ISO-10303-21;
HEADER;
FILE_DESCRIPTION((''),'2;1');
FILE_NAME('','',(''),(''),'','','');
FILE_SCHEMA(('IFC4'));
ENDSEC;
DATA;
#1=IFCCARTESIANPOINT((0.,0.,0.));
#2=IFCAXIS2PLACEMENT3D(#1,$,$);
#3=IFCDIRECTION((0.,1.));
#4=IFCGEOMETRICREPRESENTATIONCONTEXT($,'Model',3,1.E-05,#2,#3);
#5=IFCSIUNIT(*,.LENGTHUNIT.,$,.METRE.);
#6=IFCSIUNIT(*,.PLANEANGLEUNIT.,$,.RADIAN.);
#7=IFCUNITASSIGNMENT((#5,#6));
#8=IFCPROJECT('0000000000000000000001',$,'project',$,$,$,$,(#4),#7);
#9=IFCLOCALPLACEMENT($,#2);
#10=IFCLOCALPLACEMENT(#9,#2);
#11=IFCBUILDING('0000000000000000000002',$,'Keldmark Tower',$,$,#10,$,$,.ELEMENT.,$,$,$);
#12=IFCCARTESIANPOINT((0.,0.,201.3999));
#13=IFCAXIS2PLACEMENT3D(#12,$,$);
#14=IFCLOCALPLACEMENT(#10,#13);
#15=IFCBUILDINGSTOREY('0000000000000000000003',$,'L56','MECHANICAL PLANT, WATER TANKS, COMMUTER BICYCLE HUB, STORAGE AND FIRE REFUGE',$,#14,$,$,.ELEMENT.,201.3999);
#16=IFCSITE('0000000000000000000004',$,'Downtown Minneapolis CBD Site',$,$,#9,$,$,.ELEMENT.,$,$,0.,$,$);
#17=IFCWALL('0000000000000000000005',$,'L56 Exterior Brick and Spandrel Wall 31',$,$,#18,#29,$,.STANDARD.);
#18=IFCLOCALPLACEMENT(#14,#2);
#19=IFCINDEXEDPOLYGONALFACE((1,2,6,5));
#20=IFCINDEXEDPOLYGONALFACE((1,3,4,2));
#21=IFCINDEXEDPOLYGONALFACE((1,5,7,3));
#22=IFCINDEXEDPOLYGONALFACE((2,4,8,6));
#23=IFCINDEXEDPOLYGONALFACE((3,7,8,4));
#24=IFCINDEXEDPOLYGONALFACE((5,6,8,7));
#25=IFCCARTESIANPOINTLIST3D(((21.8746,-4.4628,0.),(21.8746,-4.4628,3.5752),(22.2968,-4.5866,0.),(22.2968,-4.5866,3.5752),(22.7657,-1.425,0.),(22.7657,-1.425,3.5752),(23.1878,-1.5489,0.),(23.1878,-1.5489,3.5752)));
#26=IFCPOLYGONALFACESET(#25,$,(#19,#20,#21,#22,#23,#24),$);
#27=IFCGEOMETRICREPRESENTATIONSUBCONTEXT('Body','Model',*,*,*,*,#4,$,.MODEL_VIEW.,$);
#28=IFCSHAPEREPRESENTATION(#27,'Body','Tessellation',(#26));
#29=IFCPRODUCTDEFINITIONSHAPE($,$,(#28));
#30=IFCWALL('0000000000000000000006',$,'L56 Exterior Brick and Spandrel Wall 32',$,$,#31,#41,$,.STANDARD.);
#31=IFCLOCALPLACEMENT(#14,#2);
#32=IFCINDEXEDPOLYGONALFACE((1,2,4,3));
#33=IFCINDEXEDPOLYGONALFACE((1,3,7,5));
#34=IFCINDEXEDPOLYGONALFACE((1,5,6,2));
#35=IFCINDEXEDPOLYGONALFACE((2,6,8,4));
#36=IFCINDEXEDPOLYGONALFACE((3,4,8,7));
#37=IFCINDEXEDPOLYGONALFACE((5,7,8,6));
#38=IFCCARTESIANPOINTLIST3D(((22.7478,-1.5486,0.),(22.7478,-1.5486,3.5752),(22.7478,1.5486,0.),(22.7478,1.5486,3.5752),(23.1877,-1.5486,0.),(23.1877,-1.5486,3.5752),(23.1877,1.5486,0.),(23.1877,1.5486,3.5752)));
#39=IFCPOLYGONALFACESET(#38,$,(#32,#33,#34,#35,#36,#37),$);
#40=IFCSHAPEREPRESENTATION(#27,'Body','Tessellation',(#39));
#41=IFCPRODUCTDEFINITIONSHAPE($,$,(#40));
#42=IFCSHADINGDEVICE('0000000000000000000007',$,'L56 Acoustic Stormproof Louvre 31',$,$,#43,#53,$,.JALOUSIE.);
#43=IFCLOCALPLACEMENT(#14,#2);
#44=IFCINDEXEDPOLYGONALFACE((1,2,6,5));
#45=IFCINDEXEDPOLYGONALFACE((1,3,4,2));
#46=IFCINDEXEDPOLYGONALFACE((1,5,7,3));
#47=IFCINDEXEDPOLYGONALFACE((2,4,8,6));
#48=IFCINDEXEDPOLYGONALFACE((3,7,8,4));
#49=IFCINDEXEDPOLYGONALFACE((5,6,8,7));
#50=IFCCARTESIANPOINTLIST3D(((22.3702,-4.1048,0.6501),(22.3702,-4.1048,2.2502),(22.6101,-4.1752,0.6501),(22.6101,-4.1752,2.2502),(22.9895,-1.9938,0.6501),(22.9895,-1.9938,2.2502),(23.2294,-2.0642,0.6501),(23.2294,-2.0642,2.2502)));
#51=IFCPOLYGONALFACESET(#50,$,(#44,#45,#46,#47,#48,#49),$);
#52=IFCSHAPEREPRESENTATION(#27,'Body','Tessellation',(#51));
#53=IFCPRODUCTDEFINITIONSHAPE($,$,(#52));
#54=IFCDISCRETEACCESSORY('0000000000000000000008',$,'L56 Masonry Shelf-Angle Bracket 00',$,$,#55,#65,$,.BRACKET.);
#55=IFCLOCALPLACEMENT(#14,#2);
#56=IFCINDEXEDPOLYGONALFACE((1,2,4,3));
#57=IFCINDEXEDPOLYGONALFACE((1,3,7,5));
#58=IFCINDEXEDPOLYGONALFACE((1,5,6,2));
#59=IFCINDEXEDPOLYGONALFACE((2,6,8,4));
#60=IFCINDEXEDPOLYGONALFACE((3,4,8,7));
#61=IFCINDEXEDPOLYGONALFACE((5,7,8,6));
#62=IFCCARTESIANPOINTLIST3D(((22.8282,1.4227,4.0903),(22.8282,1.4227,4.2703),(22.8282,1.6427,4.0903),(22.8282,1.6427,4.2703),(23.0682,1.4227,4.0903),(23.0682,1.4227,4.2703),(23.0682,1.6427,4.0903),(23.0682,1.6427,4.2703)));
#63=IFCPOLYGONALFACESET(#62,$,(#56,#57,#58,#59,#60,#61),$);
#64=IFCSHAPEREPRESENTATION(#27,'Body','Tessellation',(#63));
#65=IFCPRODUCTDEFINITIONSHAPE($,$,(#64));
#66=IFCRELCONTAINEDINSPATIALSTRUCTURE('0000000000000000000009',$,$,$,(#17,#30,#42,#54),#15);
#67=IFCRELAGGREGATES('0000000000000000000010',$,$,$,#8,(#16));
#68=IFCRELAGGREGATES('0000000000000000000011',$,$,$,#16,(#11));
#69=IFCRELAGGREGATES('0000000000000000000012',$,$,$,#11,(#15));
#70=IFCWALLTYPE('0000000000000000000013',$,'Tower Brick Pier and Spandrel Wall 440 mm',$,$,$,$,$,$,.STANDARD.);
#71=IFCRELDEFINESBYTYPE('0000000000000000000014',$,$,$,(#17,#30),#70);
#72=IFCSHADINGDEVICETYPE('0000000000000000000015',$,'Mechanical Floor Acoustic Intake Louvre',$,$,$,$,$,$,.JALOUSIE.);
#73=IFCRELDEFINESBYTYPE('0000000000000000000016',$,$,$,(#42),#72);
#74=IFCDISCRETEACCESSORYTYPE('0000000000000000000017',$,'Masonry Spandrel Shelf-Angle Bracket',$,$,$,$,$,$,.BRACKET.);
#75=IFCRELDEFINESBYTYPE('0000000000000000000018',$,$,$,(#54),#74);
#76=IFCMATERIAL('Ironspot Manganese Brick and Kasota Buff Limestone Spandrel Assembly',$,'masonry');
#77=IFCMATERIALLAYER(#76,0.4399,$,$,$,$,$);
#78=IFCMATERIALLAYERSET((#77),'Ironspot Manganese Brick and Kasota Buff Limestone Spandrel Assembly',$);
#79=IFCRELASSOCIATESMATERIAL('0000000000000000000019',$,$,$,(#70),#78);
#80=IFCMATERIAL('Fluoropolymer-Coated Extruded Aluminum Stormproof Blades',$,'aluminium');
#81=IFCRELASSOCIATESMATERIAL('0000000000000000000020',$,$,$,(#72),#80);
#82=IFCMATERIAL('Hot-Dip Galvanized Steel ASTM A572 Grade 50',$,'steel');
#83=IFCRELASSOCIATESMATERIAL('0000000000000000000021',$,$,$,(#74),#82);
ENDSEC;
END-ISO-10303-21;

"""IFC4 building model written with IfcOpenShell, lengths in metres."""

from ifc_helpers import new_model, si_unit, direction, frame, frame_2d, origin, origin_2d, place, context, subcontext, project, spatial, rectangle, extrude, material, layer, layer_set, type_object, element, save


model = new_model("IFC4")

# Units and contexts
model_context = context("Model", 3, precision=1e-05, world=origin(), true_north=direction((0.0, 1.0)))
body_context = subcontext(model_context, "Body", "Model", "MODEL_VIEW")
ifc_project = project(units=[si_unit("LENGTHUNIT", "METRE"), si_unit("PLANEANGLEUNIT", "RADIAN")], contexts=[model_context])

# Site, building, storey
site_placement = place(None, origin())
site = spatial("IfcSite", under=ifc_project, at=site_placement, Name="Downtown Minneapolis CBD Site", CompositionType="ELEMENT", RefElevation=0.0)
building_placement = place(site_placement, origin())
building = spatial("IfcBuilding", under=site, at=building_placement, Name="Keldmark Tower", CompositionType="ELEMENT")
storey_placement = place(building_placement, frame((0.0, 0.0, 201.3999)))
storey = spatial("IfcBuildingStorey", under=building, at=storey_placement, Name="L56", Description="MECHANICAL PLANT, WATER TANKS, COMMUTER BICYCLE HUB, STORAGE AND FIRE REFUGE", CompositionType="ELEMENT", Elevation=201.3999)

# Walls
ifc_material_1 = material(Name="Ironspot Manganese Brick and Kasota Buff Limestone Spandrel Assembly", Category="masonry")
ifc_layer_1 = layer(ifc_material_1, 0.4399)
ifc_layer_set_1 = layer_set([ifc_layer_1], Name="Ironspot Manganese Brick and Kasota Buff Limestone Spandrel Assembly")
wall_type_1 = type_object("IfcWallType", Name="Tower Brick Pier and Spandrel Wall 440 mm", PredefinedType="STANDARD", material=ifc_layer_set_1)
wall_1_placement = place(storey_placement, frame((22.9768, -1.4868, 0.0), z_axis=(0.0, 0.0, 1.0), x_axis=(-0.281477, -0.959568, 0.0)))
element("IfcWall", 1, at=wall_1_placement, inside=storey, type_object=wall_type_1, Name="L56 Exterior Brick and Spandrel Wall 31", PredefinedType="STANDARD", context=body_context, shape_type="SweptSolid", body=[
    extrude(rectangle(XDim=3.1658, YDim=0.4399, at=frame_2d((1.583, 0.0))), origin(), (0.0, 0.0, 1.0), 3.5752),
])
wall_2_placement = place(storey_placement, frame((22.9678, 1.5486, 0.0), z_axis=(0.0, 0.0, 1.0), x_axis=(0.0, -1.0, 0.0)))
element("IfcWall", 2, at=wall_2_placement, inside=storey, type_object=wall_type_1, Name="L56 Exterior Brick and Spandrel Wall 32", PredefinedType="STANDARD", context=body_context, shape_type="SweptSolid", body=[
    extrude(rectangle(XDim=3.0972, YDim=0.4399, at=frame_2d((1.5486, 0.0))), origin(), (0.0, 0.0, 1.0), 3.5752),
])

# Shading device
ifc_material_2 = material(Name="Fluoropolymer-Coated Extruded Aluminum Stormproof Blades", Category="aluminium")
shading_device_type = type_object("IfcShadingDeviceType", Name="Mechanical Floor Acoustic Intake Louvre", PredefinedType="JALOUSIE", material=ifc_material_2)
shading_device_placement = place(storey_placement, frame((22.7998, -3.0845, 0.6501), z_axis=(0.0, 0.0, 1.0), x_axis=(0.281471, 0.95957, 0.0)))
element("IfcShadingDevice", 3, at=shading_device_placement, inside=storey, type_object=shading_device_type, Name="L56 Acoustic Stormproof Louvre 31", PredefinedType="JALOUSIE", context=body_context, shape_type="SweptSolid", body=[
    extrude(rectangle(XDim=2.2, YDim=0.25, at=origin_2d()), origin(), (0.0, 0.0, 1.0), 1.6001),
])

# Discrete accessory
ifc_material_3 = material(Name="Hot-Dip Galvanized Steel ASTM A572 Grade 50", Category="steel")
discrete_accessory_type = type_object("IfcDiscreteAccessoryType", Name="Masonry Spandrel Shelf-Angle Bracket", PredefinedType="BRACKET", material=ifc_material_3)
discrete_accessory_placement = place(storey_placement, frame((22.9482, 1.5327, 4.0903), z_axis=(0.0, 0.0, 1.0), x_axis=(1.0, 0.0, 0.0)))
element("IfcDiscreteAccessory", 4, at=discrete_accessory_placement, inside=storey, type_object=discrete_accessory_type, Name="L56 Masonry Shelf-Angle Bracket 00", PredefinedType="BRACKET", context=body_context, shape_type="SweptSolid", body=[
    extrude(rectangle(XDim=0.24, YDim=0.22, at=origin_2d()), origin(), (0.0, 0.0, 1.0), 0.1799),
])

save(model, "model.ifc")
